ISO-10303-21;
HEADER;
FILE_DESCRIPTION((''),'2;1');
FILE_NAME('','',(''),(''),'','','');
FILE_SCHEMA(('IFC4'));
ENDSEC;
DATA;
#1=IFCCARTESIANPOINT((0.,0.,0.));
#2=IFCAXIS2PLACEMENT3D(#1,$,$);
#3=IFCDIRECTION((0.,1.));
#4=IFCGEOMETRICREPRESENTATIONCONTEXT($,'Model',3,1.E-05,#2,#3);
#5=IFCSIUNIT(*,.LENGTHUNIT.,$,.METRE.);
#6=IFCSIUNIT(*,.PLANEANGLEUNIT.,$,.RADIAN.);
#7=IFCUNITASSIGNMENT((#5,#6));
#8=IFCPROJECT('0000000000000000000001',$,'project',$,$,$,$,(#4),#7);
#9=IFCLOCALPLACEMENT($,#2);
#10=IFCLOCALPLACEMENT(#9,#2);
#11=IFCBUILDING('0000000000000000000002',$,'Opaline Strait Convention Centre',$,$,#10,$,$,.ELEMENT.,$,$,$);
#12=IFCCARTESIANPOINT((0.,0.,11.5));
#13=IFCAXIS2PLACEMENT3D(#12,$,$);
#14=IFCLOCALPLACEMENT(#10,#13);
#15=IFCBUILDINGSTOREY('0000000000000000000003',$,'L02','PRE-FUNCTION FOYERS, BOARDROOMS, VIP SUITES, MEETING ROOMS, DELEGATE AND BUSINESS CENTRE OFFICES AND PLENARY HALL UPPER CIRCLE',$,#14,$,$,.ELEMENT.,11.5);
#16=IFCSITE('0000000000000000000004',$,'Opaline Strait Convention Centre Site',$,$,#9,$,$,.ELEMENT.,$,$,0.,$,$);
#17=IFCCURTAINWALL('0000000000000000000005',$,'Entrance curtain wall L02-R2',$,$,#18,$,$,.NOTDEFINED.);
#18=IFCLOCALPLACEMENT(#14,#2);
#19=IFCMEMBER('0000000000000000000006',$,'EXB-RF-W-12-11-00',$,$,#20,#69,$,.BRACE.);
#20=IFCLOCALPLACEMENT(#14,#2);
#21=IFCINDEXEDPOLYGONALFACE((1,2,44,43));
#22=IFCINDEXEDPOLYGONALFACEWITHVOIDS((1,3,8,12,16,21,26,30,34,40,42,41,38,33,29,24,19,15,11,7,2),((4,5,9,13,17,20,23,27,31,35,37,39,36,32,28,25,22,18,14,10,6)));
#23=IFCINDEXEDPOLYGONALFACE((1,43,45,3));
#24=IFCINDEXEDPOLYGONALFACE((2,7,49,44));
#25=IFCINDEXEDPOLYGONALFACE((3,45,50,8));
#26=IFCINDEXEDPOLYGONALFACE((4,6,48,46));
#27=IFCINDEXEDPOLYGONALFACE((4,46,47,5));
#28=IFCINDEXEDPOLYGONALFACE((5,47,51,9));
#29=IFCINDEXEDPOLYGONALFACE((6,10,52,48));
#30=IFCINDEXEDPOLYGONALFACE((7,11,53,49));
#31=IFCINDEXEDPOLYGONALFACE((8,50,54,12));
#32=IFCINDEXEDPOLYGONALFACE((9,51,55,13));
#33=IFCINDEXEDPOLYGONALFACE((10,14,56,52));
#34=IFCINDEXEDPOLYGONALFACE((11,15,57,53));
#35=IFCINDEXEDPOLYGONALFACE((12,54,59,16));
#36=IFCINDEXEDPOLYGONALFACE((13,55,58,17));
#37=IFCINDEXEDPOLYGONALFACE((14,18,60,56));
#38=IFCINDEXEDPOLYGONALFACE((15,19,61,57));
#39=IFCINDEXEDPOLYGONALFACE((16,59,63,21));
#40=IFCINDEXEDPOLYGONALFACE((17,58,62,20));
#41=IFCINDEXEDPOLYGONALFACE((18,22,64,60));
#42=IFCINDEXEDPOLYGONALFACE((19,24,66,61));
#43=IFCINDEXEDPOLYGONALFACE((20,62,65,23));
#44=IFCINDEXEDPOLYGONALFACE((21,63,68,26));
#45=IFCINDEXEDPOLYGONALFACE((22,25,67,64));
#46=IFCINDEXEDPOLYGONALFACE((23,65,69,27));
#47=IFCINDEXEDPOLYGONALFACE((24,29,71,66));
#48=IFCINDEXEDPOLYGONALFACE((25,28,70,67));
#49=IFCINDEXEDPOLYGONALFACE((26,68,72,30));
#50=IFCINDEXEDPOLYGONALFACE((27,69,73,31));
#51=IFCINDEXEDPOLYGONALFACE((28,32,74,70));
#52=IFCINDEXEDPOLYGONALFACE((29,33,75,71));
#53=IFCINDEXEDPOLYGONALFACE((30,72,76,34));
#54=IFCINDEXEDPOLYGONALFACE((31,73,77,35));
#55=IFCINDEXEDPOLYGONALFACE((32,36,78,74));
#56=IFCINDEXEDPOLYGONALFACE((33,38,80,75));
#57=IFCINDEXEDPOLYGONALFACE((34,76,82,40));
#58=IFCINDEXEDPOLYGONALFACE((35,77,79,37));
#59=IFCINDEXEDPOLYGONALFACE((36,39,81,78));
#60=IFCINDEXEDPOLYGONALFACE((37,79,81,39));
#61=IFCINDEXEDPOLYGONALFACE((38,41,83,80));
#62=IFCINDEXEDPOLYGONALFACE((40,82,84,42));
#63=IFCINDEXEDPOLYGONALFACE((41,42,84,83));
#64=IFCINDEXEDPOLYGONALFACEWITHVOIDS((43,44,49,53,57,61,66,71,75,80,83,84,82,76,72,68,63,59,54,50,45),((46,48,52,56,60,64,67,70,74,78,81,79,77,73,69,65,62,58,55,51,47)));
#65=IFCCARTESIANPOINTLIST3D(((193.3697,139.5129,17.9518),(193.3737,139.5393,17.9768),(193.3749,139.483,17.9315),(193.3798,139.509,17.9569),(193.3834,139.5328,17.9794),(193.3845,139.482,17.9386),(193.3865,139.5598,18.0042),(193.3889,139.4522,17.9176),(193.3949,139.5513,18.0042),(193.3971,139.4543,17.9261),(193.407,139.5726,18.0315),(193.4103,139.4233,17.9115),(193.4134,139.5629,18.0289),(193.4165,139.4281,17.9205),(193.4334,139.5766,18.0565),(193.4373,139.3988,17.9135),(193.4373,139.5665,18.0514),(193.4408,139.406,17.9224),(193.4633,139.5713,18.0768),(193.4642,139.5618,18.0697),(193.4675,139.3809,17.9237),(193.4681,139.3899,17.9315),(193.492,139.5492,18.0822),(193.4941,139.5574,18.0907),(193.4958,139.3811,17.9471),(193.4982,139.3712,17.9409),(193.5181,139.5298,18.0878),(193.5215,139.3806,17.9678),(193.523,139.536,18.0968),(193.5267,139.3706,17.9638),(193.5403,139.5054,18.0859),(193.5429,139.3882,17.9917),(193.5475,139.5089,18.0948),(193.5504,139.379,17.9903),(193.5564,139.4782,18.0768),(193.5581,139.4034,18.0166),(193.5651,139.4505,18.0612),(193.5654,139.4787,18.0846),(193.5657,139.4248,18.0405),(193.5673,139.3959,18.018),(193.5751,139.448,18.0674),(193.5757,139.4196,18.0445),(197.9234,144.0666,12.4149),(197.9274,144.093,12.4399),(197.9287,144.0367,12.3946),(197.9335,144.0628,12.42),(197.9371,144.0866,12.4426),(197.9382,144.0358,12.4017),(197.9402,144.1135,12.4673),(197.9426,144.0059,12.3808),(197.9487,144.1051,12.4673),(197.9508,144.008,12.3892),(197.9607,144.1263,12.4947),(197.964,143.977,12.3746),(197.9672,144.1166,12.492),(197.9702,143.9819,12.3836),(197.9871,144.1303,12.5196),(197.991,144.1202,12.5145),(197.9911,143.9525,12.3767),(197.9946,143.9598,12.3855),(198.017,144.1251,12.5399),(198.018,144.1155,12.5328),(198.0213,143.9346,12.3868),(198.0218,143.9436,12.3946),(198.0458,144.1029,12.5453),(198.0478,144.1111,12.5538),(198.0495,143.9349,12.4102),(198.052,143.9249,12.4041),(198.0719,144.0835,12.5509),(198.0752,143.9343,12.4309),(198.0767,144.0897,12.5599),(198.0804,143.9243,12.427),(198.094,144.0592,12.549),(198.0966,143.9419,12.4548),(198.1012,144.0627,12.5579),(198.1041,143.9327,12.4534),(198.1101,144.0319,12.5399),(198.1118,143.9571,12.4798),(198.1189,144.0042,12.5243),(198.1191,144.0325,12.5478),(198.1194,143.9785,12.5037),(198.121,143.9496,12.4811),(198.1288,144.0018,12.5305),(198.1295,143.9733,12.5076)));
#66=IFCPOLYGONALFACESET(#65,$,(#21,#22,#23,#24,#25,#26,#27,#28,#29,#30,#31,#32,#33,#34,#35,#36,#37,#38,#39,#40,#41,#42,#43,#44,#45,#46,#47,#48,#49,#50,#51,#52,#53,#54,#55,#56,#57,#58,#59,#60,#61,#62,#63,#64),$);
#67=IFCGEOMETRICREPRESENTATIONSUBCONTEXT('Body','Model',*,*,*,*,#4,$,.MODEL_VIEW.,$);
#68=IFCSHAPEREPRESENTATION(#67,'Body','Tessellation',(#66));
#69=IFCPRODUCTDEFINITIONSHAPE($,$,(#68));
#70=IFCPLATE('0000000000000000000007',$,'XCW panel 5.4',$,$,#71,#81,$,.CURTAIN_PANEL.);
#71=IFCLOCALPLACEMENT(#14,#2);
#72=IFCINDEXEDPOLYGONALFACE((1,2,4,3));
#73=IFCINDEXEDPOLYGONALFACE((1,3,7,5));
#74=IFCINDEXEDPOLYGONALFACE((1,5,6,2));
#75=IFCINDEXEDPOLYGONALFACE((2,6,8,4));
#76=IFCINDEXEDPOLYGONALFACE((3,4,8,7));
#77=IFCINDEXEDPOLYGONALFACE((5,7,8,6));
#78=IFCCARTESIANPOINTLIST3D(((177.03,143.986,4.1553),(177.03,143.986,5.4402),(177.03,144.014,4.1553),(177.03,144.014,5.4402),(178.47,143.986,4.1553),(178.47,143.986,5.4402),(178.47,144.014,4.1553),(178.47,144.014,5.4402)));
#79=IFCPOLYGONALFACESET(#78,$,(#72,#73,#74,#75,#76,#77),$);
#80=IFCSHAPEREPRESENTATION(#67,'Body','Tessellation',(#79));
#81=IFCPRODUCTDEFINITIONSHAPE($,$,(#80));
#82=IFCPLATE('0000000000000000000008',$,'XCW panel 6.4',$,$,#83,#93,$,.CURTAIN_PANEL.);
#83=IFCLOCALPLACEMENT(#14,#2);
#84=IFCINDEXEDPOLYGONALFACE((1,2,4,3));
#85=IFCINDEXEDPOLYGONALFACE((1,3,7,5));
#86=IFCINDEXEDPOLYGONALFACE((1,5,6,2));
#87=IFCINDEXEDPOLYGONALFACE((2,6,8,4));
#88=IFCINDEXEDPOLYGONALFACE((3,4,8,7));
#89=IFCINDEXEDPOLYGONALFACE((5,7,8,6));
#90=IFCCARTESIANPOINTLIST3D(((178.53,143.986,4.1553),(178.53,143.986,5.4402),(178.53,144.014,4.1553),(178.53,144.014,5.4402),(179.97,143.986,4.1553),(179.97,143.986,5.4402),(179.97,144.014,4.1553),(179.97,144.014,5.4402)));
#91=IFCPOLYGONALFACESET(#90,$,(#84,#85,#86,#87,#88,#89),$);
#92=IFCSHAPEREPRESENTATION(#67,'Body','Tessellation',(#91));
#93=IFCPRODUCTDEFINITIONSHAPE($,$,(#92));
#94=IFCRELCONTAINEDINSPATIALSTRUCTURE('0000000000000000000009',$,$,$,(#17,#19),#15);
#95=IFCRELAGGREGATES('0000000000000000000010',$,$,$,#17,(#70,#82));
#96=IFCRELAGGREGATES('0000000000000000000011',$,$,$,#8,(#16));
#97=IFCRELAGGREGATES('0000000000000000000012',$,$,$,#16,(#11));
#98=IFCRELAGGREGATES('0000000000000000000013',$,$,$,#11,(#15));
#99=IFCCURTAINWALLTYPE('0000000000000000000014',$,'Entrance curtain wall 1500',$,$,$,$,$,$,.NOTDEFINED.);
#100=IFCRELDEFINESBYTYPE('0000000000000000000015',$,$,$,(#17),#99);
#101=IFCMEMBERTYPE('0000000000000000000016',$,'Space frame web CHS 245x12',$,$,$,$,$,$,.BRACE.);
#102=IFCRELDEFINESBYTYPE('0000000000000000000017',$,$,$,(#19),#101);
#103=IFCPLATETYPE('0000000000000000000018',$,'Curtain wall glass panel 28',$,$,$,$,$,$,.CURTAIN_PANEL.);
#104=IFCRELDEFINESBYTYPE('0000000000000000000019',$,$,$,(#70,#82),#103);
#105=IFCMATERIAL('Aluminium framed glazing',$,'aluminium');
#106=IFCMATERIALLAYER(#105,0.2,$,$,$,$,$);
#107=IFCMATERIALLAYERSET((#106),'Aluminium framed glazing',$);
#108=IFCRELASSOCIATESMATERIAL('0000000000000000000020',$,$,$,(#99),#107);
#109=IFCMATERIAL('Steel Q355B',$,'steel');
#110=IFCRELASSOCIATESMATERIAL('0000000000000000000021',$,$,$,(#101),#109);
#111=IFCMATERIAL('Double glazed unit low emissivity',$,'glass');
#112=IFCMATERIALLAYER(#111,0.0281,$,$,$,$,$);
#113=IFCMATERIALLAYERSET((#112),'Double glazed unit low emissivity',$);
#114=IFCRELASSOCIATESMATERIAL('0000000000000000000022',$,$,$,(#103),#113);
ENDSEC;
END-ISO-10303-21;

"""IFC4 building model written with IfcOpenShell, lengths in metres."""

from ifc_helpers import new_model, si_unit, direction, frame, origin, origin_2d, place, context, subcontext, project, spatial, rectangle, hollow_circle, extrude, material, layer, layer_set, material_profile, profile_set, type_object, element, aggregate, save


model = new_model("IFC4")

# Units and contexts
model_context = context("Model", 3, precision=1e-05, world=origin(), true_north=direction((0.0, 1.0)))
body_context = subcontext(model_context, "Body", "Model", "MODEL_VIEW")
ifc_project = project(units=[si_unit("LENGTHUNIT", "METRE"), si_unit("PLANEANGLEUNIT", "RADIAN")], contexts=[model_context])

# Site, building, storey
site_placement = place(None, origin())
site = spatial("IfcSite", under=ifc_project, at=site_placement, Name="Opaline Strait Convention Centre Site", CompositionType="ELEMENT", RefElevation=0.0)
building_placement = place(site_placement, origin())
building = spatial("IfcBuilding", under=site, at=building_placement, Name="Opaline Strait Convention Centre", CompositionType="ELEMENT")
storey_placement = place(building_placement, frame((0.0, 0.0, 11.5)))
storey = spatial("IfcBuildingStorey", under=building, at=storey_placement, Name="L02", Description="PRE-FUNCTION FOYERS, BOARDROOMS, VIP SUITES, MEETING ROOMS, DELEGATE AND BUSINESS CENTRE OFFICES AND PLENARY HALL UPPER CIRCLE", CompositionType="ELEMENT", Elevation=11.5)

# Curtain wall
ifc_material_1 = material(Name="Aluminium framed glazing", Category="aluminium")
ifc_layer_1 = layer(ifc_material_1, 0.2)
ifc_layer_set_1 = layer_set([ifc_layer_1], Name="Aluminium framed glazing")
curtain_wall_type = type_object("IfcCurtainWallType", Name="Entrance curtain wall 1500", PredefinedType="NOTDEFINED", material=ifc_layer_set_1)
curtain_wall_placement = place(storey_placement, origin())
curtain_wall = element("IfcCurtainWall", 1, at=curtain_wall_placement, inside=storey, type_object=curtain_wall_type, Name="Entrance curtain wall L02-R2", PredefinedType="NOTDEFINED")

# Member
ifc_material_2 = material(Name="Steel Q355B", Category="steel")
ifc_material_profile_1 = material_profile(ifc_material_2, hollow_circle(Radius=0.1226, WallThickness=0.012, at=origin_2d()), Name="CHS 245x12")
ifc_profile_set_1 = profile_set([ifc_material_profile_1], Name="Steel Q355B")
member_type_1 = type_object("IfcMemberType", Name="Space frame web CHS 245x12", PredefinedType="BRACE", material=ifc_profile_set_1)
for number, where, z_axis, x_axis, name in (
    (2, (193.4731, 139.4731, 18.0042), (0.536178, 0.536178, -0.65194), (-0.707107, 0.707107, 0.0), "EXB-RF-W-12-11-00"),
):
    element("IfcMember", number, at=place(storey_placement, frame(where, z_axis=z_axis, x_axis=x_axis)), inside=storey, type_object=member_type_1, Name=name, PredefinedType="BRACE", context=body_context, shape_type="SweptSolid", body=[
        extrude(hollow_circle(Radius=0.1226, WallThickness=0.012, at=origin_2d()), origin(), (0.0, 0.0, 1.0), 8.4929),
    ])

# Plates
ifc_material_3 = material(Name="Double glazed unit low emissivity", Category="glass")
ifc_layer_2 = layer(ifc_material_3, 0.0281)
ifc_layer_set_2 = layer_set([ifc_layer_2], Name="Double glazed unit low emissivity")
plate_type = type_object("IfcPlateType", Name="Curtain wall glass panel 28", PredefinedType="CURTAIN_PANEL", material=ifc_layer_set_2)
plate_1_placement = place(storey_placement, frame((177.75, 144.0, 4.1553), z_axis=(0.0, 0.0, 1.0), x_axis=(1.0, 0.0, 0.0)))
plate_1 = element("IfcPlate", 3, at=plate_1_placement, type_object=plate_type, Name="XCW panel 5.4", PredefinedType="CURTAIN_PANEL", context=body_context, shape_type="SweptSolid", body=[
    extrude(rectangle(XDim=1.4399, YDim=0.0281, at=origin_2d()), origin(), (0.0, 0.0, 1.0), 1.2849),
])
plate_2_placement = place(storey_placement, frame((179.25, 144.0, 4.1553), z_axis=(0.0, 0.0, 1.0), x_axis=(1.0, 0.0, 0.0)))
plate_2 = element("IfcPlate", 4, at=plate_2_placement, type_object=plate_type, Name="XCW panel 6.4", PredefinedType="CURTAIN_PANEL", context=body_context, shape_type="SweptSolid", body=[
    extrude(rectangle(XDim=1.4399, YDim=0.0281, at=origin_2d()), origin(), (0.0, 0.0, 1.0), 1.2849),
])
aggregate(curtain_wall, [plate_1, plate_2])

save(model, "model.ifc")
